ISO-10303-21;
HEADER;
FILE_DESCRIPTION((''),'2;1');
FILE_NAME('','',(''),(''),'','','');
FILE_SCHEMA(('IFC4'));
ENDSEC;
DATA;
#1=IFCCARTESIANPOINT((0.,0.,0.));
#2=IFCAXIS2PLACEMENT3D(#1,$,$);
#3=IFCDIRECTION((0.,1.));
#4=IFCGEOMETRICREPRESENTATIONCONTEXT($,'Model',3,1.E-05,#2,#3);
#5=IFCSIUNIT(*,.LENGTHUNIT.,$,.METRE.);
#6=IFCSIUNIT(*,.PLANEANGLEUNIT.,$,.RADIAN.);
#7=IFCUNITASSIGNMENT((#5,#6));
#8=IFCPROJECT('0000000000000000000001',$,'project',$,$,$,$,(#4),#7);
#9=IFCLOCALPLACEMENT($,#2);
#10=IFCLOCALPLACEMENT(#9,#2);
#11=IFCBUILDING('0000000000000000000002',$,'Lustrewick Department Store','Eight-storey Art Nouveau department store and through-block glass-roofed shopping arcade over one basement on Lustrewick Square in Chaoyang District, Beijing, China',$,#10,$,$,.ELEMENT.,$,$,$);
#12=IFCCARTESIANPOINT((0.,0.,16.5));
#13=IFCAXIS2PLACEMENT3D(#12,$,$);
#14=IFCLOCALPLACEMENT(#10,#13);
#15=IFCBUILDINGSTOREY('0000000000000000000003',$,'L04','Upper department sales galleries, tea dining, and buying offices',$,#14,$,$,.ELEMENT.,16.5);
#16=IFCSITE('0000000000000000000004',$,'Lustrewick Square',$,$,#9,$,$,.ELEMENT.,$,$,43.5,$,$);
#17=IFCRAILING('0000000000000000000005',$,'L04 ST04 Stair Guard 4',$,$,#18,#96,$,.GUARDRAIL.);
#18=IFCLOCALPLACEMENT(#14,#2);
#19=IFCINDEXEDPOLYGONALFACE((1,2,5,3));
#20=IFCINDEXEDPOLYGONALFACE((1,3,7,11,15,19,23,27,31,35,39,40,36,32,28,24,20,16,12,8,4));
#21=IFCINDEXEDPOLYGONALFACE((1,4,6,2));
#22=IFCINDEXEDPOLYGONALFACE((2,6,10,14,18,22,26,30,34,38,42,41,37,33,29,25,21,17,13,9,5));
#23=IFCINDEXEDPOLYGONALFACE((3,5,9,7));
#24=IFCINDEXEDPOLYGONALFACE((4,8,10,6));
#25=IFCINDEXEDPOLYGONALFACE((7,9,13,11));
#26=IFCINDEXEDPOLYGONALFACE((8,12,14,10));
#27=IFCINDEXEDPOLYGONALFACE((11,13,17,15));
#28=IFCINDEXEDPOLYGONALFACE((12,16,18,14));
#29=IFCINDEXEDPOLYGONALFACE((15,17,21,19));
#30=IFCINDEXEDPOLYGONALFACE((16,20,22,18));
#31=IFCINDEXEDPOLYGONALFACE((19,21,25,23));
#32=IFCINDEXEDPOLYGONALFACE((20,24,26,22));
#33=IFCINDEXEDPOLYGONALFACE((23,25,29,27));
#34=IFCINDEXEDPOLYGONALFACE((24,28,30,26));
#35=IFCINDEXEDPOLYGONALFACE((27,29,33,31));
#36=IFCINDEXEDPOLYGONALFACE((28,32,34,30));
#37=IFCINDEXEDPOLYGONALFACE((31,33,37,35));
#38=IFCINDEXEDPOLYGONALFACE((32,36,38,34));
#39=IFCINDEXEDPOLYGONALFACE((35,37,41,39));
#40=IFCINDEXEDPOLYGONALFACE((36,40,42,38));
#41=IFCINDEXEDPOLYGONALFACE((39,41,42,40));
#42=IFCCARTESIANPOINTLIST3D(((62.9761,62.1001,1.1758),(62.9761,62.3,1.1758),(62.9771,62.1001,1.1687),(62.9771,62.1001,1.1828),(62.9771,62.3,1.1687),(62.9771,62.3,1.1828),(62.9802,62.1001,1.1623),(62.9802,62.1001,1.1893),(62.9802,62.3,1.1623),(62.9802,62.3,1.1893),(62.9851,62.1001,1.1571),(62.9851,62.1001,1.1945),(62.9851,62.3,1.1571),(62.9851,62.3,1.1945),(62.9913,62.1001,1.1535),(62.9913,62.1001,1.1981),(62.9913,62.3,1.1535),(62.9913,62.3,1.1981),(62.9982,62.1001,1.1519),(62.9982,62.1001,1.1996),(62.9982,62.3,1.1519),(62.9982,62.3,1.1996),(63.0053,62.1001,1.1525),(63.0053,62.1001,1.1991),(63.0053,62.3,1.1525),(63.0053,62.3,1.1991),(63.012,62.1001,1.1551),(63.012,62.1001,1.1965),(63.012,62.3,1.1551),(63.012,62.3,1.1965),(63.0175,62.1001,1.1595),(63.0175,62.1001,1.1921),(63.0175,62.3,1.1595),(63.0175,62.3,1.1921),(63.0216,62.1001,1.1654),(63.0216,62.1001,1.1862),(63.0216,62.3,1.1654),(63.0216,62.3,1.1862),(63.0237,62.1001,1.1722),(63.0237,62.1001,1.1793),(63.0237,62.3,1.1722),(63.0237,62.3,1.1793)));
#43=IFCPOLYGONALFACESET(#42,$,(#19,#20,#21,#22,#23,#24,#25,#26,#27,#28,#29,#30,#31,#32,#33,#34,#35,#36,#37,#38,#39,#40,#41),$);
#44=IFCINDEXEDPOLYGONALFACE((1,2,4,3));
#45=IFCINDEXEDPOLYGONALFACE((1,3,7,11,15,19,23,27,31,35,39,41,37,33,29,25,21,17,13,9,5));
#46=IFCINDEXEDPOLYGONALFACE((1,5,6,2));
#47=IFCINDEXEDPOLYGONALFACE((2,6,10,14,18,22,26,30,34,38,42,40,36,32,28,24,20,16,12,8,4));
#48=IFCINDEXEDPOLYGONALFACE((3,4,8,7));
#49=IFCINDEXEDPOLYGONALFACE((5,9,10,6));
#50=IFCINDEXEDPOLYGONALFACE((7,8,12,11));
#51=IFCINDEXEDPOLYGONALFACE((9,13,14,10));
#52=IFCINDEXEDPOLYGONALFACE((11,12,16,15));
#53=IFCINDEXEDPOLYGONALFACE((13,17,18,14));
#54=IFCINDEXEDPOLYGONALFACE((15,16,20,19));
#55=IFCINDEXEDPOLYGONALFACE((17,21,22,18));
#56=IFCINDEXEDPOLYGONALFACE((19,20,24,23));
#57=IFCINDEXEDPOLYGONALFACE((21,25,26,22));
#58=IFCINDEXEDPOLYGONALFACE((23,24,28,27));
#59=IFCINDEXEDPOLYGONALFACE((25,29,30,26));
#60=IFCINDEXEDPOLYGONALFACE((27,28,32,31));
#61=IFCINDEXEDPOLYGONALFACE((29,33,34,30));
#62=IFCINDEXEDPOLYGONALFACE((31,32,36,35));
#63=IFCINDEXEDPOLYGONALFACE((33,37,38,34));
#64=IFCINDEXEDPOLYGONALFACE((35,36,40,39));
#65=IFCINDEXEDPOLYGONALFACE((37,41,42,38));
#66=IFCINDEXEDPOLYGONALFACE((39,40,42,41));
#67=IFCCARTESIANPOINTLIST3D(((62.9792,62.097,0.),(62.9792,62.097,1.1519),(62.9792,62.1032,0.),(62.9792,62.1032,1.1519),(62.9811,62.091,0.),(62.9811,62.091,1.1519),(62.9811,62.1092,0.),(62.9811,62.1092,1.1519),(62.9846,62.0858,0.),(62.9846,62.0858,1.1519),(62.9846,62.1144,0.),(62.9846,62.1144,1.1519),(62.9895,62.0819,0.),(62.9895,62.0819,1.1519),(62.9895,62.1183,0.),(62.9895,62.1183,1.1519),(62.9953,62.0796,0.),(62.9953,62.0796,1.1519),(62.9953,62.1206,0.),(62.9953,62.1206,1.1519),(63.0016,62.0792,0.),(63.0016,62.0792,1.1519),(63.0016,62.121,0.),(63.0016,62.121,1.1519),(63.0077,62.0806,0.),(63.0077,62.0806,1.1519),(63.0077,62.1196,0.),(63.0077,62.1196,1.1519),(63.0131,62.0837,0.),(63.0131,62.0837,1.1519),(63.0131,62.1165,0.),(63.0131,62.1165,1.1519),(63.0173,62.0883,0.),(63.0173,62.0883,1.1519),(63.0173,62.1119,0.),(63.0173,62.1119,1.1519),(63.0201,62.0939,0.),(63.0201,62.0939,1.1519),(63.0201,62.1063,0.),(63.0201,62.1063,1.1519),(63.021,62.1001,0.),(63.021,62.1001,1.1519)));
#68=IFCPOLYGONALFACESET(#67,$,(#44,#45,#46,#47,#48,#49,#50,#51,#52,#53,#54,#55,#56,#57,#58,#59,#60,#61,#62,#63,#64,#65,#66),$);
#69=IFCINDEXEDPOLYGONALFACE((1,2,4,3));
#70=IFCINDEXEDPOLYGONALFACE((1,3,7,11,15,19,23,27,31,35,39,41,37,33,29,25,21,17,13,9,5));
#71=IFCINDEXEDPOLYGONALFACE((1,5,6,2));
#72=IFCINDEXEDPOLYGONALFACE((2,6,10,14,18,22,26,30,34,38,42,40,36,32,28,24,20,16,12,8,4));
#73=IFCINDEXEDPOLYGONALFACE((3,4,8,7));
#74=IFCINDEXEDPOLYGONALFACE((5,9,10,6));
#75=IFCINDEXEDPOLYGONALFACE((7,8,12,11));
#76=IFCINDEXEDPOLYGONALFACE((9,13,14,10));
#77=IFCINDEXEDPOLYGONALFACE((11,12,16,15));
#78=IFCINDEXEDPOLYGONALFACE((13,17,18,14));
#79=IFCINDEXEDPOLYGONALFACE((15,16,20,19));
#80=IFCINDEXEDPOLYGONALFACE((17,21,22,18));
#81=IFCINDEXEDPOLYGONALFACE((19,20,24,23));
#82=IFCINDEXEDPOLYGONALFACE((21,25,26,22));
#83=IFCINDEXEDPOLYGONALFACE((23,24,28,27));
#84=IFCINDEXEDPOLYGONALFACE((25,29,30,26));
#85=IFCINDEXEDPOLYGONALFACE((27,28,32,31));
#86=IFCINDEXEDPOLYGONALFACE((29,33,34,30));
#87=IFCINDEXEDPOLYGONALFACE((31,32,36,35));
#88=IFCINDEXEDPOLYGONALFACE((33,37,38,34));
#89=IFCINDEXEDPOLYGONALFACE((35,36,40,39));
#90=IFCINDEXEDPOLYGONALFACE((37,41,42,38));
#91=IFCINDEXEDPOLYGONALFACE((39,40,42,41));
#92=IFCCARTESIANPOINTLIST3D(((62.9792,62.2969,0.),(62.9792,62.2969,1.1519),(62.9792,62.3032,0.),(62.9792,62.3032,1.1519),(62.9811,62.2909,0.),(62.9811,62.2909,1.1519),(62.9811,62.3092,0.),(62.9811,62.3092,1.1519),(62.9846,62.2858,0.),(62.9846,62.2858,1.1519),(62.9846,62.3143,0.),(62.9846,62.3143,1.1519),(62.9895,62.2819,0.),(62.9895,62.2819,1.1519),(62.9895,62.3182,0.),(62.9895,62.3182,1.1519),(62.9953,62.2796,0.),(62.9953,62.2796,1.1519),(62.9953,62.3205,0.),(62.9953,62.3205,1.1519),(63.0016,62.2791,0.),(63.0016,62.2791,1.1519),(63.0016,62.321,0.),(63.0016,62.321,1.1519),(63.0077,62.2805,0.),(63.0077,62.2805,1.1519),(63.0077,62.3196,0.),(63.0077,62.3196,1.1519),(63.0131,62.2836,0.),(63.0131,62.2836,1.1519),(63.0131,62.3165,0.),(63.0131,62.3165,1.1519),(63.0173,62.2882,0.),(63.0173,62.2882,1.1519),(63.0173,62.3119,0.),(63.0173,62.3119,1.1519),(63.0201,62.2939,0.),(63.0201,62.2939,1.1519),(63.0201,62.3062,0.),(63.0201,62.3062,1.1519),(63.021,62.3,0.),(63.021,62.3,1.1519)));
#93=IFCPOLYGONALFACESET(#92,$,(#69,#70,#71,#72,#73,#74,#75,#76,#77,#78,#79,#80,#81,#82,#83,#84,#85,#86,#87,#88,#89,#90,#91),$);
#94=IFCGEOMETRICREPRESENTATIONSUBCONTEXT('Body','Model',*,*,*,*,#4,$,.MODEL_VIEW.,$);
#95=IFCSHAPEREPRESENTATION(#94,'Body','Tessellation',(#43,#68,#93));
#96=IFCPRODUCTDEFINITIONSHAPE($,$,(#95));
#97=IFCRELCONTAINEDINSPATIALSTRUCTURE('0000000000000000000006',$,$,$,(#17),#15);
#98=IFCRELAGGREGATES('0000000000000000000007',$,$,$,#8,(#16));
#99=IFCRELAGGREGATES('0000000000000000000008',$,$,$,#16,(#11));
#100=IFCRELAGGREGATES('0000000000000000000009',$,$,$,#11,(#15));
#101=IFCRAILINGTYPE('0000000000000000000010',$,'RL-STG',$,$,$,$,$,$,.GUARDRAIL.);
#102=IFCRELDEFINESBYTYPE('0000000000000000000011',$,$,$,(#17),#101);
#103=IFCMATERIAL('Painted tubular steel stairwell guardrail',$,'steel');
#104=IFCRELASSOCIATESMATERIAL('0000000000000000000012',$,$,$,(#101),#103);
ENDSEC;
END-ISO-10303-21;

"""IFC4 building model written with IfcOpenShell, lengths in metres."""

from ifc_helpers import new_model, si_unit, direction, frame, origin, origin_2d, place, context, subcontext, project, spatial, circle, extrude, material, type_object, element, save


model = new_model("IFC4")

# Units and contexts
model_context = context("Model", 3, precision=1e-05, world=origin(), true_north=direction((0.0, 1.0)))
body_context = subcontext(model_context, "Body", "Model", "MODEL_VIEW")
ifc_project = project(units=[si_unit("LENGTHUNIT", "METRE"), si_unit("PLANEANGLEUNIT", "RADIAN")], contexts=[model_context])

# Site, building, storey
site_placement = place(None, origin())
site = spatial("IfcSite", under=ifc_project, at=site_placement, Name="Lustrewick Square", CompositionType="ELEMENT", RefElevation=43.5)
building_placement = place(site_placement, origin())
building = spatial("IfcBuilding", under=site, at=building_placement, Name="Lustrewick Department Store", Description="Eight-storey Art Nouveau department store and through-block glass-roofed shopping arcade over one basement on Lustrewick Square in Chaoyang District, Beijing, China", CompositionType="ELEMENT")
storey_placement = place(building_placement, frame((0.0, 0.0, 16.5)))
storey = spatial("IfcBuildingStorey", under=building, at=storey_placement, Name="L04", Description="Upper department sales galleries, tea dining, and buying offices", CompositionType="ELEMENT", Elevation=16.5)

# Railing
ifc_material_1 = material(Name="Painted tubular steel stairwell guardrail", Category="steel")
railing_type_1 = type_object("IfcRailingType", Name="RL-STG", PredefinedType="GUARDRAIL", material=ifc_material_1)
railing_1_placement = place(storey_placement, frame((63.0, 62.1001, 0.0)))
element("IfcRailing", 1, at=railing_1_placement, inside=storey, type_object=railing_type_1, Name="L04 ST04 Stair Guard 4", PredefinedType="GUARDRAIL", context=body_context, shape_type="SweptSolid", body=[
    extrude(circle(Radius=0.0239, at=origin_2d()), frame((0.0, 0.0, 1.1758), z_axis=(0.0, 1.0, 0.0), x_axis=(-1.0, 0.0, 0.0)), (0.0, 0.0, 1.0), 0.2),
    extrude(circle(Radius=0.021, at=origin_2d()), origin(), (0.0, 0.0, 1.0), 1.1519),
    extrude(circle(Radius=0.021, at=origin_2d()), frame((0.0, 0.2, 0.0)), (0.0, 0.0, 1.0), 1.1519),
])

save(model, "model.ifc")
